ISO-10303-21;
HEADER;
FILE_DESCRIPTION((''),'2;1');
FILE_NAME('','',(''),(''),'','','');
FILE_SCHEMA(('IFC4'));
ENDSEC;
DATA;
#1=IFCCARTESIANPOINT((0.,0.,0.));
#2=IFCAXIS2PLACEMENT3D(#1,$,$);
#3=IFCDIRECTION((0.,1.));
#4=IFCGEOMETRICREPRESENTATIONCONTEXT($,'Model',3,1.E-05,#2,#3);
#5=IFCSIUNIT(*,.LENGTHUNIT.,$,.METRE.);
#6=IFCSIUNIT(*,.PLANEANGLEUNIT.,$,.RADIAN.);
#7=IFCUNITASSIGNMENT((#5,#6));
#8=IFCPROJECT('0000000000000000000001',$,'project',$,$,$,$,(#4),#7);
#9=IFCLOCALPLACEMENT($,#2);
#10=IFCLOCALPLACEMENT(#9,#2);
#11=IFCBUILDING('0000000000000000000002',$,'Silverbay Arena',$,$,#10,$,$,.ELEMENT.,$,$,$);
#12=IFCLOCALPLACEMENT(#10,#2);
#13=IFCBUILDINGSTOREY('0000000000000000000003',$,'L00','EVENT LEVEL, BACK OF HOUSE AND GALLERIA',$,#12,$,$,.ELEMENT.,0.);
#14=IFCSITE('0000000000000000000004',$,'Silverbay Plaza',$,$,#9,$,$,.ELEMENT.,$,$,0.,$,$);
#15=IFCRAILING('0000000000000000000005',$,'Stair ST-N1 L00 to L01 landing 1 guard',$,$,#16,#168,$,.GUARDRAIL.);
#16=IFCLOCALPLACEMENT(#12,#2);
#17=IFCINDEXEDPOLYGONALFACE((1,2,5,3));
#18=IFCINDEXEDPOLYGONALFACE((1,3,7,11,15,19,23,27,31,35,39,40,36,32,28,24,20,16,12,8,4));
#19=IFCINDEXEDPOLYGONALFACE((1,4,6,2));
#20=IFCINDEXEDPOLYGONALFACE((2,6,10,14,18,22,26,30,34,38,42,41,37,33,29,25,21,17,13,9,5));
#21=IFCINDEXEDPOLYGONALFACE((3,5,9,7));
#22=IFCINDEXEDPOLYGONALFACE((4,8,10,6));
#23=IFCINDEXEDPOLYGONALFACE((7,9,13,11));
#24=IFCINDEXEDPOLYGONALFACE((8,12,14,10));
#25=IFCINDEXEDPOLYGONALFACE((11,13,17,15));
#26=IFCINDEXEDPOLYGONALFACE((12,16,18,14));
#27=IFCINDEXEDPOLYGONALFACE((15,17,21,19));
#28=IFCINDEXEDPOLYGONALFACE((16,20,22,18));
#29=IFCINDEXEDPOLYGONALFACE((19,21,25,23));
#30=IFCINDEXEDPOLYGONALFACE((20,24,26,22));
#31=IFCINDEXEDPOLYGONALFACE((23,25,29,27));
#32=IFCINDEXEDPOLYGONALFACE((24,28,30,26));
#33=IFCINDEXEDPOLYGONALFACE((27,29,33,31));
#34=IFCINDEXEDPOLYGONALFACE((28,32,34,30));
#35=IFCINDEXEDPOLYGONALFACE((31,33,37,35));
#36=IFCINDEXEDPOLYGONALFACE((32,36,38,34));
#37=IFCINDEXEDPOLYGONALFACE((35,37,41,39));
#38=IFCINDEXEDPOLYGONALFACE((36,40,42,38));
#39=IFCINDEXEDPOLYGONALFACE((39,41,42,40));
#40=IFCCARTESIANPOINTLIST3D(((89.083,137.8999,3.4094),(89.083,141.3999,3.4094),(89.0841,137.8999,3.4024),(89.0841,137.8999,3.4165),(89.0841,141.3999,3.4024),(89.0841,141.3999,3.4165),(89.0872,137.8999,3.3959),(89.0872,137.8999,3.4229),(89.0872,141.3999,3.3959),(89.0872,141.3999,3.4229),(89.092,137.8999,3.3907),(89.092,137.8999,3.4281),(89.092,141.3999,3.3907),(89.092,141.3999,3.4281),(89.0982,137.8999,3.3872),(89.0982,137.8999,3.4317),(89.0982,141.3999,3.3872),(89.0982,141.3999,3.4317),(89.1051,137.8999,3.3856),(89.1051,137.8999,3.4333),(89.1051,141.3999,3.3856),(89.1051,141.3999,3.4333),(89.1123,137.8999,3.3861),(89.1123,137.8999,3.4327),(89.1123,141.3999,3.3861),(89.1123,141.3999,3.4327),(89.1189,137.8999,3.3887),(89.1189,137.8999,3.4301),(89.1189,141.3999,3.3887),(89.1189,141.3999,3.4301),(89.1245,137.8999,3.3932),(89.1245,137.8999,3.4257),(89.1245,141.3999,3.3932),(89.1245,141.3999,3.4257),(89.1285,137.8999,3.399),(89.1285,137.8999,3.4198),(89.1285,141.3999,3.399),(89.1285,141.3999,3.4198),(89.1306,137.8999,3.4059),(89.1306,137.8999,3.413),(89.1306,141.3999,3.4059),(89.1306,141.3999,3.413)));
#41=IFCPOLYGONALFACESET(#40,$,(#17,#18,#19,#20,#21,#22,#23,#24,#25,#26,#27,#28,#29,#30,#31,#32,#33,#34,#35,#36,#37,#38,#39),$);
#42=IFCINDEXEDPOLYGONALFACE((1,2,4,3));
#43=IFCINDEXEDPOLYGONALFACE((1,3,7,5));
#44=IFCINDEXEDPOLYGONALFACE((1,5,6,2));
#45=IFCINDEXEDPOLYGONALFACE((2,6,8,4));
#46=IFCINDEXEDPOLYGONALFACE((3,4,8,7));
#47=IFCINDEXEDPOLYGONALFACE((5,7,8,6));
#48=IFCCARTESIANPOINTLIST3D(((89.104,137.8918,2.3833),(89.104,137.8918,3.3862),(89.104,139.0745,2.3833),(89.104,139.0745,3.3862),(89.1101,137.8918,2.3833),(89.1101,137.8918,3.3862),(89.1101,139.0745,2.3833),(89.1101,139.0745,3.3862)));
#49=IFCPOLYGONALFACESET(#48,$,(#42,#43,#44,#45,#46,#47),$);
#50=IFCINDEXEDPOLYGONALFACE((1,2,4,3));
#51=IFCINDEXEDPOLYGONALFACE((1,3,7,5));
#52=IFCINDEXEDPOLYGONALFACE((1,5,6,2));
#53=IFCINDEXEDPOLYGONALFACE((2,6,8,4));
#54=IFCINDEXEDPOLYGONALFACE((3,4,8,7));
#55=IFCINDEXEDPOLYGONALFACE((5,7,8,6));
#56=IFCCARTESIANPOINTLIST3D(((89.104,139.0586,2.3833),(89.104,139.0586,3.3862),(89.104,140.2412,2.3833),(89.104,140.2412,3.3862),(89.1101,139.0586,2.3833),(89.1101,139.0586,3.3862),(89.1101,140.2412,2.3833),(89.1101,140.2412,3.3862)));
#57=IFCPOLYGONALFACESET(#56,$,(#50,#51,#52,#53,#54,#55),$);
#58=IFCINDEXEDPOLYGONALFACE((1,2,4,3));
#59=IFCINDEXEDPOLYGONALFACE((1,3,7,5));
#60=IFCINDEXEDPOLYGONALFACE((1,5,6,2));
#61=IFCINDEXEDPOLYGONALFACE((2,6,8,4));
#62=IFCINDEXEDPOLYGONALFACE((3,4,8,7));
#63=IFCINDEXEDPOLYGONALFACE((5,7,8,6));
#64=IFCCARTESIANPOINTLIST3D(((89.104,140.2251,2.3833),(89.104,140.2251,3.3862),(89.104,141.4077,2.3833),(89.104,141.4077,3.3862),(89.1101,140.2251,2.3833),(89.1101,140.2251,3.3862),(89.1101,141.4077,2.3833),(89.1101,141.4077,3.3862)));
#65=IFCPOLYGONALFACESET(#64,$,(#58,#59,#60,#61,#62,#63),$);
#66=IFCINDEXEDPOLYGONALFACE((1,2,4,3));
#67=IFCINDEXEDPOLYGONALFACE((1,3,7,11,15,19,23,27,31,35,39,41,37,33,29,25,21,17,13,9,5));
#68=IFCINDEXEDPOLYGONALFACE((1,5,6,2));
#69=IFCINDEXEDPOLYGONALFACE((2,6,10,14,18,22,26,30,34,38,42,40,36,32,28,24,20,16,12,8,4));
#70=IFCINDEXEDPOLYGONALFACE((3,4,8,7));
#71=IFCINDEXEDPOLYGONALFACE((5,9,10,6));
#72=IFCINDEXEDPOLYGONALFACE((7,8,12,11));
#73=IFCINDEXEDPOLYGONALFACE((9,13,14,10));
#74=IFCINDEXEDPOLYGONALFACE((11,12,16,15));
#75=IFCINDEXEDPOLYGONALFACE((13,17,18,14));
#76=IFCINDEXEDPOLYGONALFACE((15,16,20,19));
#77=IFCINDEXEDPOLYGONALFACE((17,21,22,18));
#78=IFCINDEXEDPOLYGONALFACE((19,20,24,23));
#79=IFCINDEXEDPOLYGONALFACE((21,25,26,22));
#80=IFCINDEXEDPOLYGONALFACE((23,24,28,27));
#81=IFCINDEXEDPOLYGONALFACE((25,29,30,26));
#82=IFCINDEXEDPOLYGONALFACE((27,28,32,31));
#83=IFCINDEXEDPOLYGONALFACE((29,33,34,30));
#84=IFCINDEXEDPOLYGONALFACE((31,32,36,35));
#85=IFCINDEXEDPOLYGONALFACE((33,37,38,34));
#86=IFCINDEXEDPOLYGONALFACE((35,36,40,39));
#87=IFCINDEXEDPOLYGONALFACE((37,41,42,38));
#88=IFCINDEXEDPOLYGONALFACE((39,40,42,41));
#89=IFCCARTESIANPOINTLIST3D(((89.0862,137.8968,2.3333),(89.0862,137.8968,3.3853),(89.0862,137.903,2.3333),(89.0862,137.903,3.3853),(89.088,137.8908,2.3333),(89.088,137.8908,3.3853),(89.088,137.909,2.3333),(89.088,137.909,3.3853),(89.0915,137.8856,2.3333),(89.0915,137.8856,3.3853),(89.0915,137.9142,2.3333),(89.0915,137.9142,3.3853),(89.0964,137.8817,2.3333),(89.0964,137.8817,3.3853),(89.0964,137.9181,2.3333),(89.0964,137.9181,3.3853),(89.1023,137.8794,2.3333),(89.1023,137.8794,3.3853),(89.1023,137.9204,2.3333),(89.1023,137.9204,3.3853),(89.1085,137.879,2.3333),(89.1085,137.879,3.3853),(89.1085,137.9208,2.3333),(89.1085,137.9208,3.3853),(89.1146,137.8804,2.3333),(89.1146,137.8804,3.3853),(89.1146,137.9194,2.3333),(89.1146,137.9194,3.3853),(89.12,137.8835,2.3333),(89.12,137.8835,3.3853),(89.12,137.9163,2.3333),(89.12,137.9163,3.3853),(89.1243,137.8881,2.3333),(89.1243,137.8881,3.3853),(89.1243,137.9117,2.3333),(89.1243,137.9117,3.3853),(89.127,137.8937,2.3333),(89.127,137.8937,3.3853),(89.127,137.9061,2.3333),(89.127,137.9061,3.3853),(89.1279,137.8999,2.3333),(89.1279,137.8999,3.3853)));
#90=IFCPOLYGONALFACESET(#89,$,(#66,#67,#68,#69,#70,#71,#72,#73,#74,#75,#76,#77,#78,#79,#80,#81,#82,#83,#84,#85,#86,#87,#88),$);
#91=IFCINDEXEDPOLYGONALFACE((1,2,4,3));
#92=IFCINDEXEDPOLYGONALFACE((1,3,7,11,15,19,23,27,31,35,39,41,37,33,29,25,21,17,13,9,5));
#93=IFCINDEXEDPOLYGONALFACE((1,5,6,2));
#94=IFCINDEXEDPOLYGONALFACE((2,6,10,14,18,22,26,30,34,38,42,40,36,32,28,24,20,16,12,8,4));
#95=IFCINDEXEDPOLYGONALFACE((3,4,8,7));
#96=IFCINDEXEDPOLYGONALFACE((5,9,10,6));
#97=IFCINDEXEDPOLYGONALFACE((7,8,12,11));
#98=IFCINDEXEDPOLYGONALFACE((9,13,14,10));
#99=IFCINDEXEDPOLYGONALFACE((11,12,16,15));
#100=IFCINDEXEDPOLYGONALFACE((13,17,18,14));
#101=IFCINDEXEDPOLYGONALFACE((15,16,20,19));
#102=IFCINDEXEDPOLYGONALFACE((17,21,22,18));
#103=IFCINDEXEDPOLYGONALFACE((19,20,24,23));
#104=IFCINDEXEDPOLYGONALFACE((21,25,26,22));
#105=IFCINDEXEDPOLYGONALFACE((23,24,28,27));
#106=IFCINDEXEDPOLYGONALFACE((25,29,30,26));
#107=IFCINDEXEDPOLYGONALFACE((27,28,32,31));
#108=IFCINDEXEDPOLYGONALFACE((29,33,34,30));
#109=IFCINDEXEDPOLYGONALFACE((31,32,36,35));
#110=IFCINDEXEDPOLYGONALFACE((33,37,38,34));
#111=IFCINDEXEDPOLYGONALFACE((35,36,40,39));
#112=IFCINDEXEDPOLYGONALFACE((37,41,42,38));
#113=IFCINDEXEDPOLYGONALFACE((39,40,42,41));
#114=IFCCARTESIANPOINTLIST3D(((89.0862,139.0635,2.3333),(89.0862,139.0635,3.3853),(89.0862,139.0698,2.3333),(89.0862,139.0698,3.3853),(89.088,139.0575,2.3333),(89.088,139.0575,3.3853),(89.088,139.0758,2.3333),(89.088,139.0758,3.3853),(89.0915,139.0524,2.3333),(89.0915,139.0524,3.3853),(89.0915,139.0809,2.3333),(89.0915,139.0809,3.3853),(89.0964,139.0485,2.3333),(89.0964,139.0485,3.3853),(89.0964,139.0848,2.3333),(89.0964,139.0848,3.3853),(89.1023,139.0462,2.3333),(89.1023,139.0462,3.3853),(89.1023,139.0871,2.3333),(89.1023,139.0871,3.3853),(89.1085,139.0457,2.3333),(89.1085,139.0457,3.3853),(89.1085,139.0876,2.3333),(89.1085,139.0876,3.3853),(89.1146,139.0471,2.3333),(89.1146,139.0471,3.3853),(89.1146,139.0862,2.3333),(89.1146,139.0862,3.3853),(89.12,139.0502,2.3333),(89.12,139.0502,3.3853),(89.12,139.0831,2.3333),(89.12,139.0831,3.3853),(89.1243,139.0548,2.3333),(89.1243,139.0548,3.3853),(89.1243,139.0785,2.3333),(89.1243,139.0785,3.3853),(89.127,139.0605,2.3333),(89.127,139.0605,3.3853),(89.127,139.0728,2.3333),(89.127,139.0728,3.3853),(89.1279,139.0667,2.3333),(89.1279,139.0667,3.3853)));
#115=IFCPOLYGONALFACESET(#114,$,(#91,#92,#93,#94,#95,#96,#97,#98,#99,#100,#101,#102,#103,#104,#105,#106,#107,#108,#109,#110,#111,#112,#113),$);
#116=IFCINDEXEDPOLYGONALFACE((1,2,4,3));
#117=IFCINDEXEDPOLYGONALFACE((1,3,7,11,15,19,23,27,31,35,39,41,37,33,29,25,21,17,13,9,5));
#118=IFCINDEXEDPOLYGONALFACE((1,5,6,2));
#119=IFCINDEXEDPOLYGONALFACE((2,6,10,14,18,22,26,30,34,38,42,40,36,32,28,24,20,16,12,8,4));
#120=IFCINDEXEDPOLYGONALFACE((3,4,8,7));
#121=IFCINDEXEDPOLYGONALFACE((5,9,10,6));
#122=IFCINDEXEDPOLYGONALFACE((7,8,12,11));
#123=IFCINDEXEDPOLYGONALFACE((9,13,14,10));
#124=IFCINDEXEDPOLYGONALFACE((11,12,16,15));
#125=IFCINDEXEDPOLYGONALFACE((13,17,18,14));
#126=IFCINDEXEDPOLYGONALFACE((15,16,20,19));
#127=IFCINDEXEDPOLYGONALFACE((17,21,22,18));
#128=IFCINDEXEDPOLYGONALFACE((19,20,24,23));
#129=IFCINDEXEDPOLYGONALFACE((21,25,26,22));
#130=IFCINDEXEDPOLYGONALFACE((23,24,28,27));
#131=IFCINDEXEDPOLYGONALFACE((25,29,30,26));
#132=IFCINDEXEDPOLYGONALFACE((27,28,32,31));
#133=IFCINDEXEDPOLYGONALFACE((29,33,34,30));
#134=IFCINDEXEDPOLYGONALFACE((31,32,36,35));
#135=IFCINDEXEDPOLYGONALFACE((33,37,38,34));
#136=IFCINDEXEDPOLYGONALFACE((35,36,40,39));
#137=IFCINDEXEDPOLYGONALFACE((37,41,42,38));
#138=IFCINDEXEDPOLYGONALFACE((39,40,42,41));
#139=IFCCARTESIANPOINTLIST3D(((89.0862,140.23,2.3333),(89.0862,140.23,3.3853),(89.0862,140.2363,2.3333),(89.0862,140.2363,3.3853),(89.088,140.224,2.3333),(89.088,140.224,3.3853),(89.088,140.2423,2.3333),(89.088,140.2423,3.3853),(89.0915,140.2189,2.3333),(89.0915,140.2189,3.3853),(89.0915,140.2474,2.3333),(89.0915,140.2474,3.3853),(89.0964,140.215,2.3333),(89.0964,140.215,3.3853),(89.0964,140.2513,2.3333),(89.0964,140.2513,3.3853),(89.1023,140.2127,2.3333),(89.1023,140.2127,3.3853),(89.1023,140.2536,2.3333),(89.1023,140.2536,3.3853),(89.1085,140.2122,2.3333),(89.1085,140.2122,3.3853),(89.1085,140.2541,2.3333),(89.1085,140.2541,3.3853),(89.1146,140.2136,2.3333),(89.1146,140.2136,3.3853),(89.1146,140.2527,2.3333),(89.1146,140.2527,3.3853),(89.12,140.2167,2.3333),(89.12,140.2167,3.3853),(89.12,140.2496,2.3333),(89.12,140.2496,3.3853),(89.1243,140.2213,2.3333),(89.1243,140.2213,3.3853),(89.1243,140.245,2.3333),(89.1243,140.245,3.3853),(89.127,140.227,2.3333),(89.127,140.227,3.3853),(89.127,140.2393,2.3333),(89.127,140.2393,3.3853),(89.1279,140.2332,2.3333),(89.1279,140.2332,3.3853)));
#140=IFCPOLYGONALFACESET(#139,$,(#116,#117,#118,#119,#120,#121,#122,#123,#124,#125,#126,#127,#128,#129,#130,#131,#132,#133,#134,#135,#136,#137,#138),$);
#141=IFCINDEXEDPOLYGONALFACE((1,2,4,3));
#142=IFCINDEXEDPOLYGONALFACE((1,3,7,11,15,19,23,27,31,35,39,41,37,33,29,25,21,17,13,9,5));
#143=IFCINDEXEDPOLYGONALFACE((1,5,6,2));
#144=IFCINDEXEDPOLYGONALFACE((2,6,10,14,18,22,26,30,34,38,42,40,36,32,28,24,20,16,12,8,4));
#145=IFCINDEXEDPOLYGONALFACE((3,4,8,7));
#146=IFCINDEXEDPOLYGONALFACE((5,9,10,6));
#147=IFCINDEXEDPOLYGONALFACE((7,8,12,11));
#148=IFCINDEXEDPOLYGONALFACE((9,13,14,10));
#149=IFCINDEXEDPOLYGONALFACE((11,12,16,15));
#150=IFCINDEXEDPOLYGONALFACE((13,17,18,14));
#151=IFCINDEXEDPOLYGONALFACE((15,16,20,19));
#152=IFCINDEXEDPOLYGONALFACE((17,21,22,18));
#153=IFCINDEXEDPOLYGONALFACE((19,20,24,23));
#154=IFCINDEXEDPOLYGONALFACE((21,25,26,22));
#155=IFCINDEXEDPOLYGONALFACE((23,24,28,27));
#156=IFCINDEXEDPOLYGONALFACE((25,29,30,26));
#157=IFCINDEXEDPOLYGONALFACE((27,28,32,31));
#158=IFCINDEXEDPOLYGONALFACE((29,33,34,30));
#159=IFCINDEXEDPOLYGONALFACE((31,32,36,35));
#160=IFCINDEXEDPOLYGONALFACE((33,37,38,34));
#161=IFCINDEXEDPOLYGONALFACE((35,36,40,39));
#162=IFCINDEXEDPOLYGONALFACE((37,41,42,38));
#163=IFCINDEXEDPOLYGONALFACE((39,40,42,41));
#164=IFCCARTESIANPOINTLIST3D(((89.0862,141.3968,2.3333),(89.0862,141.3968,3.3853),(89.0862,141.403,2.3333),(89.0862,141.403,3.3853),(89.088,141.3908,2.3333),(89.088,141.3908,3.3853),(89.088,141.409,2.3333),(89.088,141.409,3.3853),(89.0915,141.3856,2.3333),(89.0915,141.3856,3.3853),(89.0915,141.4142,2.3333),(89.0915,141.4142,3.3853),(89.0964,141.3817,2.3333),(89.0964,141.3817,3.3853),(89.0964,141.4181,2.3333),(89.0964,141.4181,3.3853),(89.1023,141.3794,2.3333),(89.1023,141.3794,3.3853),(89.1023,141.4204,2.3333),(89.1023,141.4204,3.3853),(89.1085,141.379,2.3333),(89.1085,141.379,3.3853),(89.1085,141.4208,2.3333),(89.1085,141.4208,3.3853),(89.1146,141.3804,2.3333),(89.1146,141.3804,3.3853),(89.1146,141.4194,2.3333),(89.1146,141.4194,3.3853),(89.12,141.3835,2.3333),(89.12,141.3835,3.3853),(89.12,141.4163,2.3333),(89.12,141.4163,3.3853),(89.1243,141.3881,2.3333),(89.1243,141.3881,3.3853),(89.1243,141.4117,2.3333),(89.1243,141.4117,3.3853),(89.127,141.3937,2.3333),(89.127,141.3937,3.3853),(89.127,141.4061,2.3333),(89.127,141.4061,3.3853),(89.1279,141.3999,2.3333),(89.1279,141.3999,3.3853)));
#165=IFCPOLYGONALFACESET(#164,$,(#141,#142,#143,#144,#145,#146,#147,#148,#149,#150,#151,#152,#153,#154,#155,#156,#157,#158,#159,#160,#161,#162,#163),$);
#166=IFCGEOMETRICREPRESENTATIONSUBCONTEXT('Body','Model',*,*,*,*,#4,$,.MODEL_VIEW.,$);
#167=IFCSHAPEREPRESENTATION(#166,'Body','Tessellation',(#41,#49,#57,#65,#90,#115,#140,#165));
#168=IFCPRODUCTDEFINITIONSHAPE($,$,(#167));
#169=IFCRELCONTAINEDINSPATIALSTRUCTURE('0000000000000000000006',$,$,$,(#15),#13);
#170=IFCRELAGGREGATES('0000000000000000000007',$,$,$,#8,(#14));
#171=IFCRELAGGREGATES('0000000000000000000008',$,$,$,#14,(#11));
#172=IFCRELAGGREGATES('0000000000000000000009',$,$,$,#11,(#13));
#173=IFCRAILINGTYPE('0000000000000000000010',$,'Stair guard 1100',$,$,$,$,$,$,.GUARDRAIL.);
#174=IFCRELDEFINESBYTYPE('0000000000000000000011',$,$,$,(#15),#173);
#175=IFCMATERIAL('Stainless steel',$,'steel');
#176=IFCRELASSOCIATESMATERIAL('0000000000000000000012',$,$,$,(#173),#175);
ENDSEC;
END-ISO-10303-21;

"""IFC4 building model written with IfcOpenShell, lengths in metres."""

from ifc_helpers import new_model, si_unit, direction, frame, origin, origin_2d, place, context, subcontext, project, spatial, polyline, circle, outline, extrude, material, type_object, element, save


model = new_model("IFC4")

# Units and contexts
model_context = context("Model", 3, precision=1e-05, world=origin(), true_north=direction((0.0, 1.0)))
body_context = subcontext(model_context, "Body", "Model", "MODEL_VIEW")
ifc_project = project(units=[si_unit("LENGTHUNIT", "METRE"), si_unit("PLANEANGLEUNIT", "RADIAN")], contexts=[model_context])

# Site, building, storey
site_placement = place(None, origin())
site = spatial("IfcSite", under=ifc_project, at=site_placement, Name="Silverbay Plaza", CompositionType="ELEMENT", RefElevation=0.0)
building_placement = place(site_placement, origin())
building = spatial("IfcBuilding", under=site, at=building_placement, Name="Silverbay Arena", CompositionType="ELEMENT")
storey_placement = place(building_placement, origin())
storey = spatial("IfcBuildingStorey", under=building, at=storey_placement, Name="L00", Description="EVENT LEVEL, BACK OF HOUSE AND GALLERIA", CompositionType="ELEMENT", Elevation=0.0)

# Railing
ifc_material_1 = material(Name="Stainless steel", Category="steel")
railing_type_1 = type_object("IfcRailingType", Name="Stair guard 1100", PredefinedType="GUARDRAIL", material=ifc_material_1)
for number, where, name in (
    (1, (89.1069, 137.8999, 2.3333), "Stair ST-N1 L00 to L01 landing 1 guard"),
):
    element("IfcRailing", number, at=place(storey_placement, frame(where)), inside=storey, type_object=railing_type_1, Name=name, PredefinedType="GUARDRAIL", context=body_context, shape_type="SweptSolid", body=[
        extrude(circle(Radius=0.0239, at=origin_2d()), frame((0.0, 0.0, 1.0762), z_axis=(0.0, 1.0, 0.0), x_axis=(-1.0, 0.0, 0.0)), (0.0, 0.0, 1.0), 3.5),
        extrude(outline(polyline([(-0.0081, 0.05), (1.1746, 0.05), (1.1746, 1.053), (-0.0081, 1.053), (-0.0081, 0.05)])), frame((-0.0029, 0.0, 0.0), z_axis=(1.0, 0.0, 0.0), x_axis=(0.0, 1.0, 0.0)), (0.0, 0.0, 1.0), 0.0061),
        extrude(outline(polyline([(-0.0081, 0.05), (1.1746, 0.05), (1.1746, 1.053), (-0.0081, 1.053), (-0.0081, 0.05)])), frame((-0.0029, 1.1667, 0.0), z_axis=(1.0, 0.0, 0.0), x_axis=(0.0, 1.0, 0.0)), (0.0, 0.0, 1.0), 0.0061),
        extrude(outline(polyline([(-0.0081, 0.05), (1.1746, 0.05), (1.1746, 1.053), (-0.0081, 1.053), (-0.0081, 0.05)])), frame((-0.0029, 2.3333, 0.0), z_axis=(1.0, 0.0, 0.0), x_axis=(0.0, 1.0, 0.0)), (0.0, 0.0, 1.0), 0.0061),
        extrude(circle(Radius=0.021, at=origin_2d()), origin(), (0.0, 0.0, 1.0), 1.052),
        extrude(circle(Radius=0.021, at=origin_2d()), frame((0.0, 1.1667, 0.0)), (0.0, 0.0, 1.0), 1.052),
        extrude(circle(Radius=0.021, at=origin_2d()), frame((0.0, 2.3333, 0.0)), (0.0, 0.0, 1.0), 1.052),
        extrude(circle(Radius=0.021, at=origin_2d()), frame((0.0, 3.5, 0.0)), (0.0, 0.0, 1.0), 1.052),
    ])

save(model, "model.ifc")
